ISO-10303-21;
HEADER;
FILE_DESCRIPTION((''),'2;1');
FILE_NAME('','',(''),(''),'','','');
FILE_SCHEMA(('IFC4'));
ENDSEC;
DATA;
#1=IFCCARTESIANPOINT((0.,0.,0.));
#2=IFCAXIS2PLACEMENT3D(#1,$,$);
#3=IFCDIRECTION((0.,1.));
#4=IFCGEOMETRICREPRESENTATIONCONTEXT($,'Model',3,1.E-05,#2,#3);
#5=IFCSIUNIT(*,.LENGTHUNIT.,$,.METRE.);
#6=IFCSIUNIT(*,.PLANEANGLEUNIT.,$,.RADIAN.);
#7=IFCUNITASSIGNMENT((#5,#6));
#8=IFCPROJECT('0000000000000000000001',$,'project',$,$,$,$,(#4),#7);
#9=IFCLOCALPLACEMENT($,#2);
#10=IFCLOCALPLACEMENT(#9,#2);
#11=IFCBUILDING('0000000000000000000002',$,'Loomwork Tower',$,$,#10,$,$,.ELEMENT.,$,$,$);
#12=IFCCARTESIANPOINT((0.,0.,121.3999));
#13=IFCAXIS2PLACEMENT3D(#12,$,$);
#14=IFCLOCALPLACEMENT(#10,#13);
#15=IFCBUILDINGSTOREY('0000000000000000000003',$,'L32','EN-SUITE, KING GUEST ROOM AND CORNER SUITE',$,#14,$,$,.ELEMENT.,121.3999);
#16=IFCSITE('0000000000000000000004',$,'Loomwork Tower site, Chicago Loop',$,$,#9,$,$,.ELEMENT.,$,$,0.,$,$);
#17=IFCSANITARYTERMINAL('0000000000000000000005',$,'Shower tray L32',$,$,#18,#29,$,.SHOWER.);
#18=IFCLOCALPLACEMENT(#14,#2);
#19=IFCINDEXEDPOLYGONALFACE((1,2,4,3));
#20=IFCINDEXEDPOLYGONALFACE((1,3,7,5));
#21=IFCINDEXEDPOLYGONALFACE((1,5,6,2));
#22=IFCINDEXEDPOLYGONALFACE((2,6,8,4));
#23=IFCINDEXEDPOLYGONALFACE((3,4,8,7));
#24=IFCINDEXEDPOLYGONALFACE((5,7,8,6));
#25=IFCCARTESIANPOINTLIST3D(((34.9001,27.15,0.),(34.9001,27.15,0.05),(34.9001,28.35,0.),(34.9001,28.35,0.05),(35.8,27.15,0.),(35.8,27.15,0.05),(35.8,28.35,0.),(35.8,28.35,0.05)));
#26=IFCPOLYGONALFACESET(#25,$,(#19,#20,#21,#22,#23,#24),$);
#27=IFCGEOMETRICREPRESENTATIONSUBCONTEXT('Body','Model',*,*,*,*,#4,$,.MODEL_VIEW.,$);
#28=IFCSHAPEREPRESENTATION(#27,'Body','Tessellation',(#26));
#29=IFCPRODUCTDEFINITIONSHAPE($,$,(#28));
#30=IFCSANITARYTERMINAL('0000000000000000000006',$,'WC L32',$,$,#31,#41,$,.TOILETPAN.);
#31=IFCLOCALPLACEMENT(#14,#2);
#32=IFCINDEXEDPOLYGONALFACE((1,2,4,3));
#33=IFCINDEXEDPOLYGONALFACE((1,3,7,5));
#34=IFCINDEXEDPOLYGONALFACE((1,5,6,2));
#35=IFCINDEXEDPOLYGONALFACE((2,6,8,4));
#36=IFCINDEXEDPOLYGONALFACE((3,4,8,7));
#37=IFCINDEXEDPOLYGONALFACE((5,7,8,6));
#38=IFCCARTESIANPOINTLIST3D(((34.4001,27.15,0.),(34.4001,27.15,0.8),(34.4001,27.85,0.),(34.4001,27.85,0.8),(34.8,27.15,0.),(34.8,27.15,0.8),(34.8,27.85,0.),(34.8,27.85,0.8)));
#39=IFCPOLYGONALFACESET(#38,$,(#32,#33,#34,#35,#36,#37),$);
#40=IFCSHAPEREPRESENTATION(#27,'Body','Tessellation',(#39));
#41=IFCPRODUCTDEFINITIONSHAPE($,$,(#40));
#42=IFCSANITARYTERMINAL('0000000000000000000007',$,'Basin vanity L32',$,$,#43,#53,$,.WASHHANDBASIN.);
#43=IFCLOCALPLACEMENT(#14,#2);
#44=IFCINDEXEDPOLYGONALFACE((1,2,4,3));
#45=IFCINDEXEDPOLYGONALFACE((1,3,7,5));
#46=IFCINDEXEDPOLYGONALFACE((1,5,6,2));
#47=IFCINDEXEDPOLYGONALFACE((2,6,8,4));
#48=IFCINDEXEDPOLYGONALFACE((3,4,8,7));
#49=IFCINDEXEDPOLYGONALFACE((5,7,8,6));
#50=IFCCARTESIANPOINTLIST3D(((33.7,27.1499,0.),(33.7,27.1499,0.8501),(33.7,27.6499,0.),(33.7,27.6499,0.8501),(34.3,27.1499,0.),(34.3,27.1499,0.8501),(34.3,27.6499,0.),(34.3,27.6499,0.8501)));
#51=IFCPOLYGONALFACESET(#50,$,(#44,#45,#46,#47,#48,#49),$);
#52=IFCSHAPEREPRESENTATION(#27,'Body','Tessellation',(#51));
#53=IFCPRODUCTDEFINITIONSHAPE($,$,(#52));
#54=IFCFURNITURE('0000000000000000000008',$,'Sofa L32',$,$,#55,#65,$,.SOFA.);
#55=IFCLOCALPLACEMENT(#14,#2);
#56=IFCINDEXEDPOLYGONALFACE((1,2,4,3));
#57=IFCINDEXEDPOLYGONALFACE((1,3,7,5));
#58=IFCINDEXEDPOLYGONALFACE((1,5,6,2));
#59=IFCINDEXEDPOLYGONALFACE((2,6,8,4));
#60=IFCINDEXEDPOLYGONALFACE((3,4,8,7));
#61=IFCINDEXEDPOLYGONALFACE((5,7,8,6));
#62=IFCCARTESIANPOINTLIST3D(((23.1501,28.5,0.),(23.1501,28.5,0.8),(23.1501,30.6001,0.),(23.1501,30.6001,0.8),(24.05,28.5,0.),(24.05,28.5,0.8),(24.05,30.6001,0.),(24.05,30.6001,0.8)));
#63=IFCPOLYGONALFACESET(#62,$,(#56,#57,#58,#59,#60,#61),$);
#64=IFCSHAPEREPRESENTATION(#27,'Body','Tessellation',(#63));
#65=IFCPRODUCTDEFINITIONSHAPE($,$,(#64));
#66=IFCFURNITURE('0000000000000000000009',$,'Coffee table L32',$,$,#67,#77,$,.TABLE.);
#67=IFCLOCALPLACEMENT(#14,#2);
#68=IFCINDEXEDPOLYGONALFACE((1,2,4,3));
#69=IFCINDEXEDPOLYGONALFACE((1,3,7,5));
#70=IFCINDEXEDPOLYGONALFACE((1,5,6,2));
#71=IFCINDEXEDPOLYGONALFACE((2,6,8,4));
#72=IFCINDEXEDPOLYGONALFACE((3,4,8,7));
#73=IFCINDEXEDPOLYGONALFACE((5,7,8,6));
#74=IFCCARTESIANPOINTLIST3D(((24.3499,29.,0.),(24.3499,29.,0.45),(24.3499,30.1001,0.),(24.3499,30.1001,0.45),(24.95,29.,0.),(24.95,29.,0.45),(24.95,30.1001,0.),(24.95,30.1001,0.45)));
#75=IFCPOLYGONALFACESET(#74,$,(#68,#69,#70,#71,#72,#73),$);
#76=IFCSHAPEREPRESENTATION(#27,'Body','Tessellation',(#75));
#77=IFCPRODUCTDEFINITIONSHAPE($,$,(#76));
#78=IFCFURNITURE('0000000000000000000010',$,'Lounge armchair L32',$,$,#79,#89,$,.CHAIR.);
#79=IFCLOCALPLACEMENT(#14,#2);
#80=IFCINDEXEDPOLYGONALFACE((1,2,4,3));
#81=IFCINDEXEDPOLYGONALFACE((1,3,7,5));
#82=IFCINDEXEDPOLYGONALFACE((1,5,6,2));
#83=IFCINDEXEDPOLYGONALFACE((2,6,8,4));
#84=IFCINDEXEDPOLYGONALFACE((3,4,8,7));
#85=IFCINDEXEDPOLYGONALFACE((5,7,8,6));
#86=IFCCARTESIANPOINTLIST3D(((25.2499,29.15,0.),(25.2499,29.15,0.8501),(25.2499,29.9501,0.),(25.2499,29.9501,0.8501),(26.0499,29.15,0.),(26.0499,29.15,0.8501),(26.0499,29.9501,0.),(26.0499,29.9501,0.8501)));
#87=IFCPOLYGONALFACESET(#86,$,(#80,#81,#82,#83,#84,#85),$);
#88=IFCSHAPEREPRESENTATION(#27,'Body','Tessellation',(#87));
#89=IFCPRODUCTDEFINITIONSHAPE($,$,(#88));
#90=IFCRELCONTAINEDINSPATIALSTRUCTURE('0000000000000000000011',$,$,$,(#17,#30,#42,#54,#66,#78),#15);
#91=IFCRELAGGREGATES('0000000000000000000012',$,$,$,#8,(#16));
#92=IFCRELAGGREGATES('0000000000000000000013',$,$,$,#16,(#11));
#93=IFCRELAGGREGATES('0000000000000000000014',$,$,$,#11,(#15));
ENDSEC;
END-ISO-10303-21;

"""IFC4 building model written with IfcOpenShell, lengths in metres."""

from ifc_helpers import new_model, si_unit, direction, frame, origin, origin_2d, place, context, subcontext, project, spatial, rectangle, extrude, element, save


model = new_model("IFC4")

# Units and contexts
model_context = context("Model", 3, precision=1e-05, world=origin(), true_north=direction((0.0, 1.0)))
body_context = subcontext(model_context, "Body", "Model", "MODEL_VIEW")
ifc_project = project(units=[si_unit("LENGTHUNIT", "METRE"), si_unit("PLANEANGLEUNIT", "RADIAN")], contexts=[model_context])

# Site, building, storey
site_placement = place(None, origin())
site = spatial("IfcSite", under=ifc_project, at=site_placement, Name="Loomwork Tower site, Chicago Loop", CompositionType="ELEMENT", RefElevation=0.0)
building_placement = place(site_placement, origin())
building = spatial("IfcBuilding", under=site, at=building_placement, Name="Loomwork Tower", CompositionType="ELEMENT")
storey_placement = place(building_placement, frame((0.0, 0.0, 121.3999)))
storey = spatial("IfcBuildingStorey", under=building, at=storey_placement, Name="L32", Description="EN-SUITE, KING GUEST ROOM AND CORNER SUITE", CompositionType="ELEMENT", Elevation=121.3999)

# Sanitary terminals
sanitary_terminal_1_placement = place(storey_placement, frame((35.3501, 27.75, 0.0), z_axis=(0.0, 0.0, 1.0), x_axis=(1.0, 0.0, 0.0)))
element("IfcSanitaryTerminal", 1, at=sanitary_terminal_1_placement, inside=storey, Name="Shower tray L32", PredefinedType="SHOWER", context=body_context, shape_type="SweptSolid", body=[
    extrude(rectangle(XDim=0.8999, YDim=1.2, at=origin_2d()), origin(), (0.0, 0.0, 1.0), 0.05),
])
sanitary_terminal_2_placement = place(storey_placement, frame((34.6001, 27.5, 0.0), z_axis=(0.0, 0.0, 1.0), x_axis=(1.0, 0.0, 0.0)))
element("IfcSanitaryTerminal", 2, at=sanitary_terminal_2_placement, inside=storey, Name="WC L32", PredefinedType="TOILETPAN", context=body_context, shape_type="SweptSolid", body=[
    extrude(rectangle(XDim=0.3999, YDim=0.7, at=origin_2d()), origin(), (0.0, 0.0, 1.0), 0.8),
])
sanitary_terminal_3_placement = place(storey_placement, frame((34.0, 27.3999, 0.0), z_axis=(0.0, 0.0, 1.0), x_axis=(1.0, 0.0, 0.0)))
element("IfcSanitaryTerminal", 3, at=sanitary_terminal_3_placement, inside=storey, Name="Basin vanity L32", PredefinedType="WASHHANDBASIN", context=body_context, shape_type="SweptSolid", body=[
    extrude(rectangle(XDim=0.6001, YDim=0.5, at=origin_2d()), origin(), (0.0, 0.0, 1.0), 0.8501),
])

# Furniture
furniture_1_placement = place(storey_placement, frame((23.6001, 29.55, 0.0), z_axis=(0.0, 0.0, 1.0), x_axis=(1.0, 0.0, 0.0)))
element("IfcFurniture", 4, at=furniture_1_placement, inside=storey, Name="Sofa L32", PredefinedType="SOFA", context=body_context, shape_type="SweptSolid", body=[
    extrude(rectangle(XDim=0.8999, YDim=2.1001, at=origin_2d()), origin(), (0.0, 0.0, 1.0), 0.8),
])
furniture_2_placement = place(storey_placement, frame((24.6499, 29.55, 0.0), z_axis=(0.0, 0.0, 1.0), x_axis=(1.0, 0.0, 0.0)))
element("IfcFurniture", 5, at=furniture_2_placement, inside=storey, Name="Coffee table L32", PredefinedType="TABLE", context=body_context, shape_type="SweptSolid", body=[
    extrude(rectangle(XDim=0.6001, YDim=1.1001, at=origin_2d()), origin(), (0.0, 0.0, 1.0), 0.45),
])
furniture_3_placement = place(storey_placement, frame((25.6499, 29.55, 0.0), z_axis=(0.0, 0.0, 1.0), x_axis=(1.0, 0.0, 0.0)))
element("IfcFurniture", 6, at=furniture_3_placement, inside=storey, Name="Lounge armchair L32", PredefinedType="CHAIR", context=body_context, shape_type="SweptSolid", body=[
    extrude(rectangle(XDim=0.8, YDim=0.8, at=origin_2d()), origin(), (0.0, 0.0, 1.0), 0.8501),
])

save(model, "model.ifc")
